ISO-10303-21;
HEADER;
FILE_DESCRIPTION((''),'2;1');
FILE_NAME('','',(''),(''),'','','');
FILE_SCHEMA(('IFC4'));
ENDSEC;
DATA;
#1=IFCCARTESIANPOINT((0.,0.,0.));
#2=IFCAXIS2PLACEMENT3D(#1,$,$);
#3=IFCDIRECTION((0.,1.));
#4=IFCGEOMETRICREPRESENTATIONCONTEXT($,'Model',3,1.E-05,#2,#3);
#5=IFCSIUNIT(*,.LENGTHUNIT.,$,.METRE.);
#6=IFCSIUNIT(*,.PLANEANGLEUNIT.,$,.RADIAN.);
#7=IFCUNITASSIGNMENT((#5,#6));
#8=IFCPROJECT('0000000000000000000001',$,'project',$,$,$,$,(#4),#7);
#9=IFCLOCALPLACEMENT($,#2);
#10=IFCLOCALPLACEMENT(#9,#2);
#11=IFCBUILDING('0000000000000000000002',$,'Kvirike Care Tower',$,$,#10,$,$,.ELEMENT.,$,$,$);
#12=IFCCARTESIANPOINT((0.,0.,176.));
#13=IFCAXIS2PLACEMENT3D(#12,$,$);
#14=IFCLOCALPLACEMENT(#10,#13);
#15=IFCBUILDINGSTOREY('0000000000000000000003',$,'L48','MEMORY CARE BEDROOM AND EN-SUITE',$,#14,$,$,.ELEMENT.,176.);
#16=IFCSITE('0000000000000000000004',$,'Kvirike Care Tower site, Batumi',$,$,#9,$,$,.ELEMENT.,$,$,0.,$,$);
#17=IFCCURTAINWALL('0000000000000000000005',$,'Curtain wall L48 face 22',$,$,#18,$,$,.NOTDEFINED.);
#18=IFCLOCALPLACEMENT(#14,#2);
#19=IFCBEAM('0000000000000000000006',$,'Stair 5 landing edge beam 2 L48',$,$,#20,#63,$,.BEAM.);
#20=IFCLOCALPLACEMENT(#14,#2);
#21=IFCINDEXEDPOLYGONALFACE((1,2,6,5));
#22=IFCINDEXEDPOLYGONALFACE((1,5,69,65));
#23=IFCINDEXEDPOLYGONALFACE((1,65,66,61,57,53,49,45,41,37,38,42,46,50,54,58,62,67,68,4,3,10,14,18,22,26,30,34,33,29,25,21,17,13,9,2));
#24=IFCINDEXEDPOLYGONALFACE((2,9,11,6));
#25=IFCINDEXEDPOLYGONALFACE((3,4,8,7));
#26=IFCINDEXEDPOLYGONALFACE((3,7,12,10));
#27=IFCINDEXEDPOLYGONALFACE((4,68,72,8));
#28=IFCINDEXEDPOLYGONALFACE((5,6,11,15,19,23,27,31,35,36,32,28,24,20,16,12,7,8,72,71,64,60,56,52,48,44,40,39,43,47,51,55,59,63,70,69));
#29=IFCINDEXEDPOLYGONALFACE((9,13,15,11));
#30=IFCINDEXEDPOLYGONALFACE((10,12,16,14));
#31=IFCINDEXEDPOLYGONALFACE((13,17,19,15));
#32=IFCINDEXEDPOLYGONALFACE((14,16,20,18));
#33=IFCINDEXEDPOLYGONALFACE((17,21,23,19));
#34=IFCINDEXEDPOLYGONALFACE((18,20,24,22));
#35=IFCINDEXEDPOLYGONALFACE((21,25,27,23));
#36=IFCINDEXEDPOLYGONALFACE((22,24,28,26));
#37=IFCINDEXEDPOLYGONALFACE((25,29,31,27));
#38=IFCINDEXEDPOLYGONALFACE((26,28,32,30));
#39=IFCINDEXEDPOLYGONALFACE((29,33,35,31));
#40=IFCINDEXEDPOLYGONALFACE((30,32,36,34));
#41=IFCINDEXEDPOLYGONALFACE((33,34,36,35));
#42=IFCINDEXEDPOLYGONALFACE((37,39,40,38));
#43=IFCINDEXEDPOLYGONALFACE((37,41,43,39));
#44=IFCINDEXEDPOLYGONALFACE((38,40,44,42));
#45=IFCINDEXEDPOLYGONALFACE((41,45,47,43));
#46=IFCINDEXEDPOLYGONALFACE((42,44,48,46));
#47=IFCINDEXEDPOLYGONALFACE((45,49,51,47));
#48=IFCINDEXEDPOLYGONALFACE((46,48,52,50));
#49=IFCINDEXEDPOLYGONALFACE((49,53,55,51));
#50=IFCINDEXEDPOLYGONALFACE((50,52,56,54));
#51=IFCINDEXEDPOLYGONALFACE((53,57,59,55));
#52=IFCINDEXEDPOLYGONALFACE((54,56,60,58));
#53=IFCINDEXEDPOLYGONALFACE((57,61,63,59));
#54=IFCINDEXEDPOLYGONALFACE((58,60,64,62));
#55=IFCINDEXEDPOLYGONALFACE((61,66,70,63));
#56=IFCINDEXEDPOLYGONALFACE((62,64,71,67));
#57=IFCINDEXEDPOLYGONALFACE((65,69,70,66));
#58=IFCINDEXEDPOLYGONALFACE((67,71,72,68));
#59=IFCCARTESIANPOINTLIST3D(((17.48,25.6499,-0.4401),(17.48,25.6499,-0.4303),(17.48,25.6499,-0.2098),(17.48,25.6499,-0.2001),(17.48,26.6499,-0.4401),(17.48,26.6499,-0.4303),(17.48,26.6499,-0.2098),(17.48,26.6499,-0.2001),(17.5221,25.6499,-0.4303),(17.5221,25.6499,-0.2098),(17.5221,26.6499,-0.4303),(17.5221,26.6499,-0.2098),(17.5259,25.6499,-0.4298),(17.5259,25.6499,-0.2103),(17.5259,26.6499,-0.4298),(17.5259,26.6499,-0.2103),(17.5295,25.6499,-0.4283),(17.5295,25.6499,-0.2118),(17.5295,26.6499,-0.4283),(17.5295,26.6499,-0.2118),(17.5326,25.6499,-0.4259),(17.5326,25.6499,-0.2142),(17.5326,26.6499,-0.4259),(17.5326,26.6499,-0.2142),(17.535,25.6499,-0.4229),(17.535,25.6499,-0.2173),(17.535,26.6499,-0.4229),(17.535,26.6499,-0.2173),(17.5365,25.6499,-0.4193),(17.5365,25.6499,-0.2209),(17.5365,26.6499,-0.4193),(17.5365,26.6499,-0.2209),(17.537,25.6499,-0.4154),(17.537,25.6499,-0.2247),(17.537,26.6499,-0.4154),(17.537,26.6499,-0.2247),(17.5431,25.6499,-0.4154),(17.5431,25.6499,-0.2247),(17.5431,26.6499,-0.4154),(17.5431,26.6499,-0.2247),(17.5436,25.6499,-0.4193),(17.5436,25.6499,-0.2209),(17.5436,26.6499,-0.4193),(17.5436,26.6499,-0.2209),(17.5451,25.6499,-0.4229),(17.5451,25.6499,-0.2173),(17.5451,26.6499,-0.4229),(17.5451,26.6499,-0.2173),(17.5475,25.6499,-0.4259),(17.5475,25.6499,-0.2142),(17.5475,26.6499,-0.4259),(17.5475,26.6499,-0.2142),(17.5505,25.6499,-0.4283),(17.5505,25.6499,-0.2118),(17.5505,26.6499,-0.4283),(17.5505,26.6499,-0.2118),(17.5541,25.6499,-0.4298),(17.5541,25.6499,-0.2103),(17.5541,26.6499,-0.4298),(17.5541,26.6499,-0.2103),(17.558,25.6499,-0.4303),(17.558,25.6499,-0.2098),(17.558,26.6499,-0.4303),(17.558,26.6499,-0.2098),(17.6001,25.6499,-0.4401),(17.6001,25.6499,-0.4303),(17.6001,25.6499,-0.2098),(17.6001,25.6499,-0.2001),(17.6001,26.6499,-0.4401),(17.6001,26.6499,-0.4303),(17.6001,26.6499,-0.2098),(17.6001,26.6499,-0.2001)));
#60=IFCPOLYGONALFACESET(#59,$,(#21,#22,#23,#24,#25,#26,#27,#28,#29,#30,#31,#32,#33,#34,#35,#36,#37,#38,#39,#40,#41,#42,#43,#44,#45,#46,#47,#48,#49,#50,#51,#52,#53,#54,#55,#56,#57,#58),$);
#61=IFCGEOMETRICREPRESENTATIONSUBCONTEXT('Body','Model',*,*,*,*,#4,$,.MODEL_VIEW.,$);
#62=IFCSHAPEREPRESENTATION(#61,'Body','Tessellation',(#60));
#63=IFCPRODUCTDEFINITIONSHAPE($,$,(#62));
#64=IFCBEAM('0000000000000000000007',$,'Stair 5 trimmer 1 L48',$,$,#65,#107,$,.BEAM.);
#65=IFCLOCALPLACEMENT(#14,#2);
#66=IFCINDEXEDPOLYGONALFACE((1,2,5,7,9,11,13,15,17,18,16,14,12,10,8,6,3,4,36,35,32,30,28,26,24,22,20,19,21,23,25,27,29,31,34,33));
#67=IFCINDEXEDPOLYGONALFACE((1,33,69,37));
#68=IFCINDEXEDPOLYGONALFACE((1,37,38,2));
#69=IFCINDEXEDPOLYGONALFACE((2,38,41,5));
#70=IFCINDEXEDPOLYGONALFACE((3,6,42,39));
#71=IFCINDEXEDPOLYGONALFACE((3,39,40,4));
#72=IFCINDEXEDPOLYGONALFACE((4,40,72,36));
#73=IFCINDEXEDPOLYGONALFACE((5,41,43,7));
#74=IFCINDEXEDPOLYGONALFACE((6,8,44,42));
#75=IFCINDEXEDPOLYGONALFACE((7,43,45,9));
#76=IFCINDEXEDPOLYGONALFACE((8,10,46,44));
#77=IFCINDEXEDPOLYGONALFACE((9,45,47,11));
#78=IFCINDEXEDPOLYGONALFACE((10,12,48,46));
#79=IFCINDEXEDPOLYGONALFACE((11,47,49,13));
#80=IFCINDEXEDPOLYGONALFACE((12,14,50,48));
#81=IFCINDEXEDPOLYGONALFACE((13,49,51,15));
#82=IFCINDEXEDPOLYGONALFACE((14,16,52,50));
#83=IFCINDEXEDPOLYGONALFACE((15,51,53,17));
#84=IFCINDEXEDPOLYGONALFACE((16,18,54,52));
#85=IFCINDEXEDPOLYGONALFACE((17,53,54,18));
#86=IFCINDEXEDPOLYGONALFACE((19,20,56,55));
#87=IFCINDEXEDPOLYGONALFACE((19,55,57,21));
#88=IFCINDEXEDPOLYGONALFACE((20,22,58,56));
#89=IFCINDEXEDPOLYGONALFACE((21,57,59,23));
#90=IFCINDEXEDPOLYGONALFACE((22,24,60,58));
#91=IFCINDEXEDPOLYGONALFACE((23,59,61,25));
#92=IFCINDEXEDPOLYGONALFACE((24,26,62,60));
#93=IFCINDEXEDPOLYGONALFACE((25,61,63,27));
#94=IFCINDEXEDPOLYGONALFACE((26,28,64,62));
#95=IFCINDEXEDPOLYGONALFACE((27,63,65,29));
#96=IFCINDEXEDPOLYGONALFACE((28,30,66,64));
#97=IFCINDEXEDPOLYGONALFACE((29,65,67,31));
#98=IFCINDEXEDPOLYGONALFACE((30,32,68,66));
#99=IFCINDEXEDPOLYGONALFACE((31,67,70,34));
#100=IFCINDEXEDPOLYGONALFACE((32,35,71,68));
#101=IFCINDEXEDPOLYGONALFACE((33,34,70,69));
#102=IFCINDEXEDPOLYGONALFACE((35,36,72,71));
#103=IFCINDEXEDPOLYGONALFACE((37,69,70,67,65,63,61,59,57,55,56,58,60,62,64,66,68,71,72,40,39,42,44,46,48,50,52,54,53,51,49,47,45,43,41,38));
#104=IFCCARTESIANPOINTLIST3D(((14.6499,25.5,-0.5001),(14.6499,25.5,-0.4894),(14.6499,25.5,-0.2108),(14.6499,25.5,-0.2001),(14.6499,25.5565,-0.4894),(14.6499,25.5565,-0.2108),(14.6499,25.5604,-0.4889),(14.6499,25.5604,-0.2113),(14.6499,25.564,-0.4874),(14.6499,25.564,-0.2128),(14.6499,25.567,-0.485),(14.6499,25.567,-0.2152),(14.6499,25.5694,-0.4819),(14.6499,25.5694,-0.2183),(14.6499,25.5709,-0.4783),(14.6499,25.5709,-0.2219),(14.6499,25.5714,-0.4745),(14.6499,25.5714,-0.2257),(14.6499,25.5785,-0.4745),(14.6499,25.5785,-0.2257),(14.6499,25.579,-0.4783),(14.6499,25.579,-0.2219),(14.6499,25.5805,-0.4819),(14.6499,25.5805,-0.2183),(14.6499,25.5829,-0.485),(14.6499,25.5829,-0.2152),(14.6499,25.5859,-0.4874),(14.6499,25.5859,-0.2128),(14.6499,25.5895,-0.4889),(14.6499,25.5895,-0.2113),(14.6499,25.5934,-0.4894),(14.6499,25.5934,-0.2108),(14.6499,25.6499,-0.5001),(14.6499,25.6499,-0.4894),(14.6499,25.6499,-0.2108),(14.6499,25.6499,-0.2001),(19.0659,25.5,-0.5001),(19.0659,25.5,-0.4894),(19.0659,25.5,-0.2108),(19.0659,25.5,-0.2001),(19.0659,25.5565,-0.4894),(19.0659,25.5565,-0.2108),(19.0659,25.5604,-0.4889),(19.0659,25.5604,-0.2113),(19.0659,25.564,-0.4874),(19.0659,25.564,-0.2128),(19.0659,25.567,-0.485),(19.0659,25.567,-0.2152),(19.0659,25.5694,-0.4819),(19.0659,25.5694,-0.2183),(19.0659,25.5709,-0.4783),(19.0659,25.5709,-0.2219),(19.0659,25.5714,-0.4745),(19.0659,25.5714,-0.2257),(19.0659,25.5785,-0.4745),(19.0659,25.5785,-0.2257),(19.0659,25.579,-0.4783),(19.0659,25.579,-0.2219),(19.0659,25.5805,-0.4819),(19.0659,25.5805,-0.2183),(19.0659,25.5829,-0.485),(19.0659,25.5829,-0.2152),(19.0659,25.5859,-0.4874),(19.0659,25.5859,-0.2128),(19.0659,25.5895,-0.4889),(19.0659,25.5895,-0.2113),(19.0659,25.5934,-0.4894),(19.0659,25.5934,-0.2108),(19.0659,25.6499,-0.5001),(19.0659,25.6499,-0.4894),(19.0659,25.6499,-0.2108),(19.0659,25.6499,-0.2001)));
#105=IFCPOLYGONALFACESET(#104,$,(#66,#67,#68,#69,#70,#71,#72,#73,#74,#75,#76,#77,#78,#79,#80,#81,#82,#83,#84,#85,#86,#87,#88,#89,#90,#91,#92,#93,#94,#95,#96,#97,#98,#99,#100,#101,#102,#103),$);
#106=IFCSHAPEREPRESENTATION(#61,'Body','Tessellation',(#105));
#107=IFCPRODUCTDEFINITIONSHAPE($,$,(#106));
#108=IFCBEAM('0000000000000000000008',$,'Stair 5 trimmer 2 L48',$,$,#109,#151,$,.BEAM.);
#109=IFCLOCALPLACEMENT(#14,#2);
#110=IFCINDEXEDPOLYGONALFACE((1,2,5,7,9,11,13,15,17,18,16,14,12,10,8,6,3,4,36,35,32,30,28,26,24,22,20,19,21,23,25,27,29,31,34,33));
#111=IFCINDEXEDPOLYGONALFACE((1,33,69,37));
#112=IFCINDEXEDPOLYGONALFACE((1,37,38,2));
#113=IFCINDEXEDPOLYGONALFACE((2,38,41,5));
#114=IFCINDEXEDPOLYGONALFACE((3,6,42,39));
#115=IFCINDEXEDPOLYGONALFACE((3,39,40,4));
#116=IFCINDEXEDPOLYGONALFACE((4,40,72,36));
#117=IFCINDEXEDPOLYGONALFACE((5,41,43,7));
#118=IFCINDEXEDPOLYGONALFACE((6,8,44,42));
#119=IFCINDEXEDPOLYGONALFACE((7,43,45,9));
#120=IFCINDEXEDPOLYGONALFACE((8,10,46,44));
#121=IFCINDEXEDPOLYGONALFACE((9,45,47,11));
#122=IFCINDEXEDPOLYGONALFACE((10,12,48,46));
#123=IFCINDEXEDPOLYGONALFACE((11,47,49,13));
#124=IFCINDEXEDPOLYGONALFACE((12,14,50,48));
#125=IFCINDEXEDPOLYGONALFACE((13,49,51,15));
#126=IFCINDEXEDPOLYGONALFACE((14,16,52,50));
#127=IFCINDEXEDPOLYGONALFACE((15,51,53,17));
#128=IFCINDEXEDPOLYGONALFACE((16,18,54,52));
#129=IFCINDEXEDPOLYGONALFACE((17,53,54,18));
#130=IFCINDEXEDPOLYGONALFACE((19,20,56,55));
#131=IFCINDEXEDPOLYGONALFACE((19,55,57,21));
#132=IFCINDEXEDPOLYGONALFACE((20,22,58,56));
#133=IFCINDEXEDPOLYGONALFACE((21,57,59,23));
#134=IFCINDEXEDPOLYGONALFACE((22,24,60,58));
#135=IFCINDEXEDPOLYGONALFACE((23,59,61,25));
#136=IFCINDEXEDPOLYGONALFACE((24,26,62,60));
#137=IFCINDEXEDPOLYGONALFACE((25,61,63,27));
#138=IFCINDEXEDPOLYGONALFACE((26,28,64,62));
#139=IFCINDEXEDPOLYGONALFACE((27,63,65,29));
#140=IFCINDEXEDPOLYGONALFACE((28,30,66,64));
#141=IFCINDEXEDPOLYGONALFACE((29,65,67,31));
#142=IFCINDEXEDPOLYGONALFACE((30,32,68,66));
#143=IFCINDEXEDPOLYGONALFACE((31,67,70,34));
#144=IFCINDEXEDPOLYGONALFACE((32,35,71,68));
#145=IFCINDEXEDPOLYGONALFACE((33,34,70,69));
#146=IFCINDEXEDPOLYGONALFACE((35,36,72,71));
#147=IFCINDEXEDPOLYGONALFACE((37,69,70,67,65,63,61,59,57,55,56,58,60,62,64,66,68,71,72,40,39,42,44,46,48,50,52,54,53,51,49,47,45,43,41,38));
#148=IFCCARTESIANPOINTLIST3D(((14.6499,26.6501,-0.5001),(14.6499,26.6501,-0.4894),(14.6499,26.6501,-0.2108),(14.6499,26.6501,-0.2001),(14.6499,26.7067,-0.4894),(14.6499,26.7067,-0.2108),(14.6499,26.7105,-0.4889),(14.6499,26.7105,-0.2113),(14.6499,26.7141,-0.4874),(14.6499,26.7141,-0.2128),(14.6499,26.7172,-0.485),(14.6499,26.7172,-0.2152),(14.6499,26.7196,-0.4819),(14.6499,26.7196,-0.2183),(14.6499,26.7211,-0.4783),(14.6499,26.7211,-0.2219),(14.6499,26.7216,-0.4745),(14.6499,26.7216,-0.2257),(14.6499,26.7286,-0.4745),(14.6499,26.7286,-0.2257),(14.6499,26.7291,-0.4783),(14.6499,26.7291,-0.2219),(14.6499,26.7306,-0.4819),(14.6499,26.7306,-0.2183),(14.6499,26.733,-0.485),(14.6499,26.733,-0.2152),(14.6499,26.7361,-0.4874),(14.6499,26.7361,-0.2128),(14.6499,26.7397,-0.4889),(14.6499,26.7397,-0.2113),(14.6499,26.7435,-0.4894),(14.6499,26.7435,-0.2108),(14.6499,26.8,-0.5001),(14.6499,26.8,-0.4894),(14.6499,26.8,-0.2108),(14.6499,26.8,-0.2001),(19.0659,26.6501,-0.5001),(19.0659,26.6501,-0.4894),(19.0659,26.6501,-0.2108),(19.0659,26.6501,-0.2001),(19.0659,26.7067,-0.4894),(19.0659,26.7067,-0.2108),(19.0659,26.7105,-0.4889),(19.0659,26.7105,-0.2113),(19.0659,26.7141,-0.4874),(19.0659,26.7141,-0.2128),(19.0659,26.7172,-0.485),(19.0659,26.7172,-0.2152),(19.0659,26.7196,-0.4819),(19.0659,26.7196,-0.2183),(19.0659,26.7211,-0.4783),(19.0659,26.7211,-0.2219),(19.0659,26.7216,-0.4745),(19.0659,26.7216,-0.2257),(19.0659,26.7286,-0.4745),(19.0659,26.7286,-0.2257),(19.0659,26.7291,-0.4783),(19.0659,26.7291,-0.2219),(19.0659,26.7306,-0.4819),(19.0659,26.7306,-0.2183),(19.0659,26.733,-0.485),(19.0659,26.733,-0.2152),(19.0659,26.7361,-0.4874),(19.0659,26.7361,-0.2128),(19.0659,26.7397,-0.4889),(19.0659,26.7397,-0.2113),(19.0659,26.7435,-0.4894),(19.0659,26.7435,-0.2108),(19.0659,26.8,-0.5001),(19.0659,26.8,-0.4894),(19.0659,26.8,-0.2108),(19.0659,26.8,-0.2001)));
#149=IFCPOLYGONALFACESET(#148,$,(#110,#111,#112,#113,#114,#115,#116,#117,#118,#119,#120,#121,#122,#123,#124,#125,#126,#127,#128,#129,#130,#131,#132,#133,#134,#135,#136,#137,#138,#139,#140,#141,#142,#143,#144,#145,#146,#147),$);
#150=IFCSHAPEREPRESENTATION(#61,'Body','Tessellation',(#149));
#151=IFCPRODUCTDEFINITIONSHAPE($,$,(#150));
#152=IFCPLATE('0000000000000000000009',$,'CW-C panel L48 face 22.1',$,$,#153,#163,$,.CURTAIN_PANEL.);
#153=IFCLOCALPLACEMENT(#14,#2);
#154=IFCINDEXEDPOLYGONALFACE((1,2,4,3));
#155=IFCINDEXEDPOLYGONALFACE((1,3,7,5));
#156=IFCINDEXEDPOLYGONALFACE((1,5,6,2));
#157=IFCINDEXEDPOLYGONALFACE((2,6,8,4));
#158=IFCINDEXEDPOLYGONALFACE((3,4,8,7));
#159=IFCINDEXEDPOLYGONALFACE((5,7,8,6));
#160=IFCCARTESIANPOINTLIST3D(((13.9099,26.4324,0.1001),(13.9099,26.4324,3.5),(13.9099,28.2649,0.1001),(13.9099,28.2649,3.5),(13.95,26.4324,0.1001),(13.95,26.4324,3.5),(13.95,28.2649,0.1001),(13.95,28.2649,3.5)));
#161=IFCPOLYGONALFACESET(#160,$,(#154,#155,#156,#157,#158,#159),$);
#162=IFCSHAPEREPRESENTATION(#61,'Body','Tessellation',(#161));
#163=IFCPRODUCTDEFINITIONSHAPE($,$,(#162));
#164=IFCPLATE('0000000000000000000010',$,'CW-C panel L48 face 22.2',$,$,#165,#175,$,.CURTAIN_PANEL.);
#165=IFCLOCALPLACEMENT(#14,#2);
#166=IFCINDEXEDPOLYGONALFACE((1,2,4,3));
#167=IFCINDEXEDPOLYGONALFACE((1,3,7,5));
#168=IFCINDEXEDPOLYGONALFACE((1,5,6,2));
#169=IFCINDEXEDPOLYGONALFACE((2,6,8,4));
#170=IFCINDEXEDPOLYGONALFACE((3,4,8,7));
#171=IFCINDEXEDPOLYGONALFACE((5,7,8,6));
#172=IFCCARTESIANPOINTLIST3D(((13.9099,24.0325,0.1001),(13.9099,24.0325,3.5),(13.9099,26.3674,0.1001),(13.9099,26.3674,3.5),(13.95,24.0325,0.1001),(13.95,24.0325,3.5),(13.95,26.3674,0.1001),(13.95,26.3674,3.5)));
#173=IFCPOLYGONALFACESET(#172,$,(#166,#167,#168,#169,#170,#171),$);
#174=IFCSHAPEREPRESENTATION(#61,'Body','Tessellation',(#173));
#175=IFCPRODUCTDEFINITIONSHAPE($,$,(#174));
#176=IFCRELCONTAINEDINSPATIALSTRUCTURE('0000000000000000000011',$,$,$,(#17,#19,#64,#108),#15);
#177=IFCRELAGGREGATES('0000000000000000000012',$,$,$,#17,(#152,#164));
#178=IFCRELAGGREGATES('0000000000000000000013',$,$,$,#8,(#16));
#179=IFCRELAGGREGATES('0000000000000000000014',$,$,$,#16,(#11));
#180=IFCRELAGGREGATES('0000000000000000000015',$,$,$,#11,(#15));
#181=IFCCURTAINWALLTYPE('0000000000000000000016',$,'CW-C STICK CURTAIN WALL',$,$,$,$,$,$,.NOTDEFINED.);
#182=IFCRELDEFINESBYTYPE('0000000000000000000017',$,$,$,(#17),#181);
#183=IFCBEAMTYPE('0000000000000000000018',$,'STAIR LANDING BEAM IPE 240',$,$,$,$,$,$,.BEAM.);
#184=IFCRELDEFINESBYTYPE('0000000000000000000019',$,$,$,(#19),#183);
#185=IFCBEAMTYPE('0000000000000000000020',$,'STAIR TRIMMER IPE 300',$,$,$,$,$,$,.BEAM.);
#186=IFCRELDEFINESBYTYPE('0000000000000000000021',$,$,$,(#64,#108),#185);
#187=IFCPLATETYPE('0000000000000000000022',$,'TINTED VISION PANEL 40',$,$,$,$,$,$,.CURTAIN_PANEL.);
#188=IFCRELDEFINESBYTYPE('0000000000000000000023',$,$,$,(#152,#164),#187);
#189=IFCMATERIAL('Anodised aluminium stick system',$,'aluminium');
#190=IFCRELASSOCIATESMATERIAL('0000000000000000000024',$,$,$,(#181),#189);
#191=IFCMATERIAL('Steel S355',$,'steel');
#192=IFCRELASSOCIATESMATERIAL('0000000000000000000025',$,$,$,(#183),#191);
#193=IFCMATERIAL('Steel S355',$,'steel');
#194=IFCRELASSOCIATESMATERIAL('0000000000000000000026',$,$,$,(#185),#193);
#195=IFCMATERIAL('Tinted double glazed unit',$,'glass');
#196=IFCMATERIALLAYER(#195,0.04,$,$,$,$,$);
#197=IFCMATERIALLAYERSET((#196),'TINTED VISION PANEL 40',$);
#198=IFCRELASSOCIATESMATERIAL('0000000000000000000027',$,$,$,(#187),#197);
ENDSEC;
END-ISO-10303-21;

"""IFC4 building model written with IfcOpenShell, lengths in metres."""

from ifc_helpers import new_model, si_unit, direction, frame, origin, origin_2d, place, context, subcontext, project, spatial, rectangle, i_section, extrude, material, layer, layer_set, material_profile, profile_set, type_object, element, aggregate, save


model = new_model("IFC4")

# Units and contexts
model_context = context("Model", 3, precision=1e-05, world=origin(), true_north=direction((0.0, 1.0)))
body_context = subcontext(model_context, "Body", "Model", "MODEL_VIEW")
ifc_project = project(units=[si_unit("LENGTHUNIT", "METRE"), si_unit("PLANEANGLEUNIT", "RADIAN")], contexts=[model_context])

# Site, building, storey
site_placement = place(None, origin())
site = spatial("IfcSite", under=ifc_project, at=site_placement, Name="Kvirike Care Tower site, Batumi", CompositionType="ELEMENT", RefElevation=0.0)
building_placement = place(site_placement, origin())
building = spatial("IfcBuilding", under=site, at=building_placement, Name="Kvirike Care Tower", CompositionType="ELEMENT")
storey_placement = place(building_placement, frame((0.0, 0.0, 176.0)))
storey = spatial("IfcBuildingStorey", under=building, at=storey_placement, Name="L48", Description="MEMORY CARE BEDROOM AND EN-SUITE", CompositionType="ELEMENT", Elevation=176.0)

# Curtain wall
ifc_material_1 = material(Name="Anodised aluminium stick system", Category="aluminium")
curtain_wall_type = type_object("IfcCurtainWallType", Name="CW-C STICK CURTAIN WALL", PredefinedType="NOTDEFINED", material=ifc_material_1)
curtain_wall_placement = place(storey_placement, origin())
curtain_wall = element("IfcCurtainWall", 1, at=curtain_wall_placement, inside=storey, type_object=curtain_wall_type, Name="Curtain wall L48 face 22", PredefinedType="NOTDEFINED")

# Beams
ifc_material_2 = material(Name="Steel S355", Category="steel")
ifc_material_profile_1 = material_profile(ifc_material_2, i_section(OverallWidth=0.1201, OverallDepth=0.24, WebThickness=0.0061, FlangeThickness=0.0098, FilletRadius=0.0149, at=origin_2d()), Name="IPE 240")
ifc_profile_set_1 = profile_set([ifc_material_profile_1], Name="Steel S355")
beam_type_1 = type_object("IfcBeamType", Name="STAIR LANDING BEAM IPE 240", PredefinedType="BEAM", material=ifc_profile_set_1)
for number, where, z_axis, x_axis, name in (
    (2, (17.54, 25.6499, -0.3201), (0.0, 1.0, 0.0), (-1.0, 0.0, 0.0), "Stair 5 landing edge beam 2 L48"),
):
    element("IfcBeam", number, at=place(storey_placement, frame(where, z_axis=z_axis, x_axis=x_axis)), inside=storey, type_object=beam_type_1, Name=name, PredefinedType="BEAM", context=body_context, shape_type="SweptSolid", body=[
        extrude(i_section(OverallWidth=0.1201, OverallDepth=0.24, WebThickness=0.0061, FlangeThickness=0.0098, FilletRadius=0.0149, at=origin_2d()), origin(), (0.0, 0.0, 1.0), 1.0),
    ])
ifc_material_3 = material(Name="Steel S355", Category="steel")
ifc_material_profile_2 = material_profile(ifc_material_3, i_section(OverallWidth=0.1499, OverallDepth=0.3, WebThickness=0.0071, FlangeThickness=0.0107, FilletRadius=0.0149, at=origin_2d()), Name="IPE 300")
ifc_profile_set_2 = profile_set([ifc_material_profile_2], Name="Steel S355")
beam_type_2 = type_object("IfcBeamType", Name="STAIR TRIMMER IPE 300", PredefinedType="BEAM", material=ifc_profile_set_2)
for number, where, z_axis, x_axis, name in (
    (3, (14.6499, 25.575, -0.3501), (1.0, 0.0, 0.0), (0.0, 1.0, 0.0), "Stair 5 trimmer 1 L48"),
    (4, (14.6499, 26.7251, -0.3501), (1.0, 0.0, 0.0), (0.0, 1.0, 0.0), "Stair 5 trimmer 2 L48"),
):
    element("IfcBeam", number, at=place(storey_placement, frame(where, z_axis=z_axis, x_axis=x_axis)), inside=storey, type_object=beam_type_2, Name=name, PredefinedType="BEAM", context=body_context, shape_type="SweptSolid", body=[
        extrude(i_section(OverallWidth=0.1499, OverallDepth=0.3, WebThickness=0.0071, FlangeThickness=0.0107, FilletRadius=0.0149, at=origin_2d()), origin(), (0.0, 0.0, 1.0), 4.416),
    ])

# Plates
ifc_material_4 = material(Name="Tinted double glazed unit", Category="glass")
ifc_layer_1 = layer(ifc_material_4, 0.04)
ifc_layer_set_1 = layer_set([ifc_layer_1], Name="TINTED VISION PANEL 40")
plate_type = type_object("IfcPlateType", Name="TINTED VISION PANEL 40", PredefinedType="CURTAIN_PANEL", material=ifc_layer_set_1)
plate_1_placement = place(storey_placement, frame((13.9299, 27.3486, 0.1001), z_axis=(0.0, 0.0, 1.0), x_axis=(0.0, -1.0, 0.0)))
plate_1 = element("IfcPlate", 5, at=plate_1_placement, type_object=plate_type, Name="CW-C panel L48 face 22.1", PredefinedType="CURTAIN_PANEL", context=body_context, shape_type="SweptSolid", body=[
    extrude(rectangle(XDim=1.8325, YDim=0.04, at=origin_2d()), origin(), (0.0, 0.0, 1.0), 3.3999),
])
plate_2_placement = place(storey_placement, frame((13.9299, 25.2, 0.1001), z_axis=(0.0, 0.0, 1.0), x_axis=(0.0, -1.0, 0.0)))
plate_2 = element("IfcPlate", 6, at=plate_2_placement, type_object=plate_type, Name="CW-C panel L48 face 22.2", PredefinedType="CURTAIN_PANEL", context=body_context, shape_type="SweptSolid", body=[
    extrude(rectangle(XDim=2.335, YDim=0.04, at=origin_2d()), origin(), (0.0, 0.0, 1.0), 3.3999),
])
aggregate(curtain_wall, [plate_1, plate_2])

save(model, "model.ifc")
